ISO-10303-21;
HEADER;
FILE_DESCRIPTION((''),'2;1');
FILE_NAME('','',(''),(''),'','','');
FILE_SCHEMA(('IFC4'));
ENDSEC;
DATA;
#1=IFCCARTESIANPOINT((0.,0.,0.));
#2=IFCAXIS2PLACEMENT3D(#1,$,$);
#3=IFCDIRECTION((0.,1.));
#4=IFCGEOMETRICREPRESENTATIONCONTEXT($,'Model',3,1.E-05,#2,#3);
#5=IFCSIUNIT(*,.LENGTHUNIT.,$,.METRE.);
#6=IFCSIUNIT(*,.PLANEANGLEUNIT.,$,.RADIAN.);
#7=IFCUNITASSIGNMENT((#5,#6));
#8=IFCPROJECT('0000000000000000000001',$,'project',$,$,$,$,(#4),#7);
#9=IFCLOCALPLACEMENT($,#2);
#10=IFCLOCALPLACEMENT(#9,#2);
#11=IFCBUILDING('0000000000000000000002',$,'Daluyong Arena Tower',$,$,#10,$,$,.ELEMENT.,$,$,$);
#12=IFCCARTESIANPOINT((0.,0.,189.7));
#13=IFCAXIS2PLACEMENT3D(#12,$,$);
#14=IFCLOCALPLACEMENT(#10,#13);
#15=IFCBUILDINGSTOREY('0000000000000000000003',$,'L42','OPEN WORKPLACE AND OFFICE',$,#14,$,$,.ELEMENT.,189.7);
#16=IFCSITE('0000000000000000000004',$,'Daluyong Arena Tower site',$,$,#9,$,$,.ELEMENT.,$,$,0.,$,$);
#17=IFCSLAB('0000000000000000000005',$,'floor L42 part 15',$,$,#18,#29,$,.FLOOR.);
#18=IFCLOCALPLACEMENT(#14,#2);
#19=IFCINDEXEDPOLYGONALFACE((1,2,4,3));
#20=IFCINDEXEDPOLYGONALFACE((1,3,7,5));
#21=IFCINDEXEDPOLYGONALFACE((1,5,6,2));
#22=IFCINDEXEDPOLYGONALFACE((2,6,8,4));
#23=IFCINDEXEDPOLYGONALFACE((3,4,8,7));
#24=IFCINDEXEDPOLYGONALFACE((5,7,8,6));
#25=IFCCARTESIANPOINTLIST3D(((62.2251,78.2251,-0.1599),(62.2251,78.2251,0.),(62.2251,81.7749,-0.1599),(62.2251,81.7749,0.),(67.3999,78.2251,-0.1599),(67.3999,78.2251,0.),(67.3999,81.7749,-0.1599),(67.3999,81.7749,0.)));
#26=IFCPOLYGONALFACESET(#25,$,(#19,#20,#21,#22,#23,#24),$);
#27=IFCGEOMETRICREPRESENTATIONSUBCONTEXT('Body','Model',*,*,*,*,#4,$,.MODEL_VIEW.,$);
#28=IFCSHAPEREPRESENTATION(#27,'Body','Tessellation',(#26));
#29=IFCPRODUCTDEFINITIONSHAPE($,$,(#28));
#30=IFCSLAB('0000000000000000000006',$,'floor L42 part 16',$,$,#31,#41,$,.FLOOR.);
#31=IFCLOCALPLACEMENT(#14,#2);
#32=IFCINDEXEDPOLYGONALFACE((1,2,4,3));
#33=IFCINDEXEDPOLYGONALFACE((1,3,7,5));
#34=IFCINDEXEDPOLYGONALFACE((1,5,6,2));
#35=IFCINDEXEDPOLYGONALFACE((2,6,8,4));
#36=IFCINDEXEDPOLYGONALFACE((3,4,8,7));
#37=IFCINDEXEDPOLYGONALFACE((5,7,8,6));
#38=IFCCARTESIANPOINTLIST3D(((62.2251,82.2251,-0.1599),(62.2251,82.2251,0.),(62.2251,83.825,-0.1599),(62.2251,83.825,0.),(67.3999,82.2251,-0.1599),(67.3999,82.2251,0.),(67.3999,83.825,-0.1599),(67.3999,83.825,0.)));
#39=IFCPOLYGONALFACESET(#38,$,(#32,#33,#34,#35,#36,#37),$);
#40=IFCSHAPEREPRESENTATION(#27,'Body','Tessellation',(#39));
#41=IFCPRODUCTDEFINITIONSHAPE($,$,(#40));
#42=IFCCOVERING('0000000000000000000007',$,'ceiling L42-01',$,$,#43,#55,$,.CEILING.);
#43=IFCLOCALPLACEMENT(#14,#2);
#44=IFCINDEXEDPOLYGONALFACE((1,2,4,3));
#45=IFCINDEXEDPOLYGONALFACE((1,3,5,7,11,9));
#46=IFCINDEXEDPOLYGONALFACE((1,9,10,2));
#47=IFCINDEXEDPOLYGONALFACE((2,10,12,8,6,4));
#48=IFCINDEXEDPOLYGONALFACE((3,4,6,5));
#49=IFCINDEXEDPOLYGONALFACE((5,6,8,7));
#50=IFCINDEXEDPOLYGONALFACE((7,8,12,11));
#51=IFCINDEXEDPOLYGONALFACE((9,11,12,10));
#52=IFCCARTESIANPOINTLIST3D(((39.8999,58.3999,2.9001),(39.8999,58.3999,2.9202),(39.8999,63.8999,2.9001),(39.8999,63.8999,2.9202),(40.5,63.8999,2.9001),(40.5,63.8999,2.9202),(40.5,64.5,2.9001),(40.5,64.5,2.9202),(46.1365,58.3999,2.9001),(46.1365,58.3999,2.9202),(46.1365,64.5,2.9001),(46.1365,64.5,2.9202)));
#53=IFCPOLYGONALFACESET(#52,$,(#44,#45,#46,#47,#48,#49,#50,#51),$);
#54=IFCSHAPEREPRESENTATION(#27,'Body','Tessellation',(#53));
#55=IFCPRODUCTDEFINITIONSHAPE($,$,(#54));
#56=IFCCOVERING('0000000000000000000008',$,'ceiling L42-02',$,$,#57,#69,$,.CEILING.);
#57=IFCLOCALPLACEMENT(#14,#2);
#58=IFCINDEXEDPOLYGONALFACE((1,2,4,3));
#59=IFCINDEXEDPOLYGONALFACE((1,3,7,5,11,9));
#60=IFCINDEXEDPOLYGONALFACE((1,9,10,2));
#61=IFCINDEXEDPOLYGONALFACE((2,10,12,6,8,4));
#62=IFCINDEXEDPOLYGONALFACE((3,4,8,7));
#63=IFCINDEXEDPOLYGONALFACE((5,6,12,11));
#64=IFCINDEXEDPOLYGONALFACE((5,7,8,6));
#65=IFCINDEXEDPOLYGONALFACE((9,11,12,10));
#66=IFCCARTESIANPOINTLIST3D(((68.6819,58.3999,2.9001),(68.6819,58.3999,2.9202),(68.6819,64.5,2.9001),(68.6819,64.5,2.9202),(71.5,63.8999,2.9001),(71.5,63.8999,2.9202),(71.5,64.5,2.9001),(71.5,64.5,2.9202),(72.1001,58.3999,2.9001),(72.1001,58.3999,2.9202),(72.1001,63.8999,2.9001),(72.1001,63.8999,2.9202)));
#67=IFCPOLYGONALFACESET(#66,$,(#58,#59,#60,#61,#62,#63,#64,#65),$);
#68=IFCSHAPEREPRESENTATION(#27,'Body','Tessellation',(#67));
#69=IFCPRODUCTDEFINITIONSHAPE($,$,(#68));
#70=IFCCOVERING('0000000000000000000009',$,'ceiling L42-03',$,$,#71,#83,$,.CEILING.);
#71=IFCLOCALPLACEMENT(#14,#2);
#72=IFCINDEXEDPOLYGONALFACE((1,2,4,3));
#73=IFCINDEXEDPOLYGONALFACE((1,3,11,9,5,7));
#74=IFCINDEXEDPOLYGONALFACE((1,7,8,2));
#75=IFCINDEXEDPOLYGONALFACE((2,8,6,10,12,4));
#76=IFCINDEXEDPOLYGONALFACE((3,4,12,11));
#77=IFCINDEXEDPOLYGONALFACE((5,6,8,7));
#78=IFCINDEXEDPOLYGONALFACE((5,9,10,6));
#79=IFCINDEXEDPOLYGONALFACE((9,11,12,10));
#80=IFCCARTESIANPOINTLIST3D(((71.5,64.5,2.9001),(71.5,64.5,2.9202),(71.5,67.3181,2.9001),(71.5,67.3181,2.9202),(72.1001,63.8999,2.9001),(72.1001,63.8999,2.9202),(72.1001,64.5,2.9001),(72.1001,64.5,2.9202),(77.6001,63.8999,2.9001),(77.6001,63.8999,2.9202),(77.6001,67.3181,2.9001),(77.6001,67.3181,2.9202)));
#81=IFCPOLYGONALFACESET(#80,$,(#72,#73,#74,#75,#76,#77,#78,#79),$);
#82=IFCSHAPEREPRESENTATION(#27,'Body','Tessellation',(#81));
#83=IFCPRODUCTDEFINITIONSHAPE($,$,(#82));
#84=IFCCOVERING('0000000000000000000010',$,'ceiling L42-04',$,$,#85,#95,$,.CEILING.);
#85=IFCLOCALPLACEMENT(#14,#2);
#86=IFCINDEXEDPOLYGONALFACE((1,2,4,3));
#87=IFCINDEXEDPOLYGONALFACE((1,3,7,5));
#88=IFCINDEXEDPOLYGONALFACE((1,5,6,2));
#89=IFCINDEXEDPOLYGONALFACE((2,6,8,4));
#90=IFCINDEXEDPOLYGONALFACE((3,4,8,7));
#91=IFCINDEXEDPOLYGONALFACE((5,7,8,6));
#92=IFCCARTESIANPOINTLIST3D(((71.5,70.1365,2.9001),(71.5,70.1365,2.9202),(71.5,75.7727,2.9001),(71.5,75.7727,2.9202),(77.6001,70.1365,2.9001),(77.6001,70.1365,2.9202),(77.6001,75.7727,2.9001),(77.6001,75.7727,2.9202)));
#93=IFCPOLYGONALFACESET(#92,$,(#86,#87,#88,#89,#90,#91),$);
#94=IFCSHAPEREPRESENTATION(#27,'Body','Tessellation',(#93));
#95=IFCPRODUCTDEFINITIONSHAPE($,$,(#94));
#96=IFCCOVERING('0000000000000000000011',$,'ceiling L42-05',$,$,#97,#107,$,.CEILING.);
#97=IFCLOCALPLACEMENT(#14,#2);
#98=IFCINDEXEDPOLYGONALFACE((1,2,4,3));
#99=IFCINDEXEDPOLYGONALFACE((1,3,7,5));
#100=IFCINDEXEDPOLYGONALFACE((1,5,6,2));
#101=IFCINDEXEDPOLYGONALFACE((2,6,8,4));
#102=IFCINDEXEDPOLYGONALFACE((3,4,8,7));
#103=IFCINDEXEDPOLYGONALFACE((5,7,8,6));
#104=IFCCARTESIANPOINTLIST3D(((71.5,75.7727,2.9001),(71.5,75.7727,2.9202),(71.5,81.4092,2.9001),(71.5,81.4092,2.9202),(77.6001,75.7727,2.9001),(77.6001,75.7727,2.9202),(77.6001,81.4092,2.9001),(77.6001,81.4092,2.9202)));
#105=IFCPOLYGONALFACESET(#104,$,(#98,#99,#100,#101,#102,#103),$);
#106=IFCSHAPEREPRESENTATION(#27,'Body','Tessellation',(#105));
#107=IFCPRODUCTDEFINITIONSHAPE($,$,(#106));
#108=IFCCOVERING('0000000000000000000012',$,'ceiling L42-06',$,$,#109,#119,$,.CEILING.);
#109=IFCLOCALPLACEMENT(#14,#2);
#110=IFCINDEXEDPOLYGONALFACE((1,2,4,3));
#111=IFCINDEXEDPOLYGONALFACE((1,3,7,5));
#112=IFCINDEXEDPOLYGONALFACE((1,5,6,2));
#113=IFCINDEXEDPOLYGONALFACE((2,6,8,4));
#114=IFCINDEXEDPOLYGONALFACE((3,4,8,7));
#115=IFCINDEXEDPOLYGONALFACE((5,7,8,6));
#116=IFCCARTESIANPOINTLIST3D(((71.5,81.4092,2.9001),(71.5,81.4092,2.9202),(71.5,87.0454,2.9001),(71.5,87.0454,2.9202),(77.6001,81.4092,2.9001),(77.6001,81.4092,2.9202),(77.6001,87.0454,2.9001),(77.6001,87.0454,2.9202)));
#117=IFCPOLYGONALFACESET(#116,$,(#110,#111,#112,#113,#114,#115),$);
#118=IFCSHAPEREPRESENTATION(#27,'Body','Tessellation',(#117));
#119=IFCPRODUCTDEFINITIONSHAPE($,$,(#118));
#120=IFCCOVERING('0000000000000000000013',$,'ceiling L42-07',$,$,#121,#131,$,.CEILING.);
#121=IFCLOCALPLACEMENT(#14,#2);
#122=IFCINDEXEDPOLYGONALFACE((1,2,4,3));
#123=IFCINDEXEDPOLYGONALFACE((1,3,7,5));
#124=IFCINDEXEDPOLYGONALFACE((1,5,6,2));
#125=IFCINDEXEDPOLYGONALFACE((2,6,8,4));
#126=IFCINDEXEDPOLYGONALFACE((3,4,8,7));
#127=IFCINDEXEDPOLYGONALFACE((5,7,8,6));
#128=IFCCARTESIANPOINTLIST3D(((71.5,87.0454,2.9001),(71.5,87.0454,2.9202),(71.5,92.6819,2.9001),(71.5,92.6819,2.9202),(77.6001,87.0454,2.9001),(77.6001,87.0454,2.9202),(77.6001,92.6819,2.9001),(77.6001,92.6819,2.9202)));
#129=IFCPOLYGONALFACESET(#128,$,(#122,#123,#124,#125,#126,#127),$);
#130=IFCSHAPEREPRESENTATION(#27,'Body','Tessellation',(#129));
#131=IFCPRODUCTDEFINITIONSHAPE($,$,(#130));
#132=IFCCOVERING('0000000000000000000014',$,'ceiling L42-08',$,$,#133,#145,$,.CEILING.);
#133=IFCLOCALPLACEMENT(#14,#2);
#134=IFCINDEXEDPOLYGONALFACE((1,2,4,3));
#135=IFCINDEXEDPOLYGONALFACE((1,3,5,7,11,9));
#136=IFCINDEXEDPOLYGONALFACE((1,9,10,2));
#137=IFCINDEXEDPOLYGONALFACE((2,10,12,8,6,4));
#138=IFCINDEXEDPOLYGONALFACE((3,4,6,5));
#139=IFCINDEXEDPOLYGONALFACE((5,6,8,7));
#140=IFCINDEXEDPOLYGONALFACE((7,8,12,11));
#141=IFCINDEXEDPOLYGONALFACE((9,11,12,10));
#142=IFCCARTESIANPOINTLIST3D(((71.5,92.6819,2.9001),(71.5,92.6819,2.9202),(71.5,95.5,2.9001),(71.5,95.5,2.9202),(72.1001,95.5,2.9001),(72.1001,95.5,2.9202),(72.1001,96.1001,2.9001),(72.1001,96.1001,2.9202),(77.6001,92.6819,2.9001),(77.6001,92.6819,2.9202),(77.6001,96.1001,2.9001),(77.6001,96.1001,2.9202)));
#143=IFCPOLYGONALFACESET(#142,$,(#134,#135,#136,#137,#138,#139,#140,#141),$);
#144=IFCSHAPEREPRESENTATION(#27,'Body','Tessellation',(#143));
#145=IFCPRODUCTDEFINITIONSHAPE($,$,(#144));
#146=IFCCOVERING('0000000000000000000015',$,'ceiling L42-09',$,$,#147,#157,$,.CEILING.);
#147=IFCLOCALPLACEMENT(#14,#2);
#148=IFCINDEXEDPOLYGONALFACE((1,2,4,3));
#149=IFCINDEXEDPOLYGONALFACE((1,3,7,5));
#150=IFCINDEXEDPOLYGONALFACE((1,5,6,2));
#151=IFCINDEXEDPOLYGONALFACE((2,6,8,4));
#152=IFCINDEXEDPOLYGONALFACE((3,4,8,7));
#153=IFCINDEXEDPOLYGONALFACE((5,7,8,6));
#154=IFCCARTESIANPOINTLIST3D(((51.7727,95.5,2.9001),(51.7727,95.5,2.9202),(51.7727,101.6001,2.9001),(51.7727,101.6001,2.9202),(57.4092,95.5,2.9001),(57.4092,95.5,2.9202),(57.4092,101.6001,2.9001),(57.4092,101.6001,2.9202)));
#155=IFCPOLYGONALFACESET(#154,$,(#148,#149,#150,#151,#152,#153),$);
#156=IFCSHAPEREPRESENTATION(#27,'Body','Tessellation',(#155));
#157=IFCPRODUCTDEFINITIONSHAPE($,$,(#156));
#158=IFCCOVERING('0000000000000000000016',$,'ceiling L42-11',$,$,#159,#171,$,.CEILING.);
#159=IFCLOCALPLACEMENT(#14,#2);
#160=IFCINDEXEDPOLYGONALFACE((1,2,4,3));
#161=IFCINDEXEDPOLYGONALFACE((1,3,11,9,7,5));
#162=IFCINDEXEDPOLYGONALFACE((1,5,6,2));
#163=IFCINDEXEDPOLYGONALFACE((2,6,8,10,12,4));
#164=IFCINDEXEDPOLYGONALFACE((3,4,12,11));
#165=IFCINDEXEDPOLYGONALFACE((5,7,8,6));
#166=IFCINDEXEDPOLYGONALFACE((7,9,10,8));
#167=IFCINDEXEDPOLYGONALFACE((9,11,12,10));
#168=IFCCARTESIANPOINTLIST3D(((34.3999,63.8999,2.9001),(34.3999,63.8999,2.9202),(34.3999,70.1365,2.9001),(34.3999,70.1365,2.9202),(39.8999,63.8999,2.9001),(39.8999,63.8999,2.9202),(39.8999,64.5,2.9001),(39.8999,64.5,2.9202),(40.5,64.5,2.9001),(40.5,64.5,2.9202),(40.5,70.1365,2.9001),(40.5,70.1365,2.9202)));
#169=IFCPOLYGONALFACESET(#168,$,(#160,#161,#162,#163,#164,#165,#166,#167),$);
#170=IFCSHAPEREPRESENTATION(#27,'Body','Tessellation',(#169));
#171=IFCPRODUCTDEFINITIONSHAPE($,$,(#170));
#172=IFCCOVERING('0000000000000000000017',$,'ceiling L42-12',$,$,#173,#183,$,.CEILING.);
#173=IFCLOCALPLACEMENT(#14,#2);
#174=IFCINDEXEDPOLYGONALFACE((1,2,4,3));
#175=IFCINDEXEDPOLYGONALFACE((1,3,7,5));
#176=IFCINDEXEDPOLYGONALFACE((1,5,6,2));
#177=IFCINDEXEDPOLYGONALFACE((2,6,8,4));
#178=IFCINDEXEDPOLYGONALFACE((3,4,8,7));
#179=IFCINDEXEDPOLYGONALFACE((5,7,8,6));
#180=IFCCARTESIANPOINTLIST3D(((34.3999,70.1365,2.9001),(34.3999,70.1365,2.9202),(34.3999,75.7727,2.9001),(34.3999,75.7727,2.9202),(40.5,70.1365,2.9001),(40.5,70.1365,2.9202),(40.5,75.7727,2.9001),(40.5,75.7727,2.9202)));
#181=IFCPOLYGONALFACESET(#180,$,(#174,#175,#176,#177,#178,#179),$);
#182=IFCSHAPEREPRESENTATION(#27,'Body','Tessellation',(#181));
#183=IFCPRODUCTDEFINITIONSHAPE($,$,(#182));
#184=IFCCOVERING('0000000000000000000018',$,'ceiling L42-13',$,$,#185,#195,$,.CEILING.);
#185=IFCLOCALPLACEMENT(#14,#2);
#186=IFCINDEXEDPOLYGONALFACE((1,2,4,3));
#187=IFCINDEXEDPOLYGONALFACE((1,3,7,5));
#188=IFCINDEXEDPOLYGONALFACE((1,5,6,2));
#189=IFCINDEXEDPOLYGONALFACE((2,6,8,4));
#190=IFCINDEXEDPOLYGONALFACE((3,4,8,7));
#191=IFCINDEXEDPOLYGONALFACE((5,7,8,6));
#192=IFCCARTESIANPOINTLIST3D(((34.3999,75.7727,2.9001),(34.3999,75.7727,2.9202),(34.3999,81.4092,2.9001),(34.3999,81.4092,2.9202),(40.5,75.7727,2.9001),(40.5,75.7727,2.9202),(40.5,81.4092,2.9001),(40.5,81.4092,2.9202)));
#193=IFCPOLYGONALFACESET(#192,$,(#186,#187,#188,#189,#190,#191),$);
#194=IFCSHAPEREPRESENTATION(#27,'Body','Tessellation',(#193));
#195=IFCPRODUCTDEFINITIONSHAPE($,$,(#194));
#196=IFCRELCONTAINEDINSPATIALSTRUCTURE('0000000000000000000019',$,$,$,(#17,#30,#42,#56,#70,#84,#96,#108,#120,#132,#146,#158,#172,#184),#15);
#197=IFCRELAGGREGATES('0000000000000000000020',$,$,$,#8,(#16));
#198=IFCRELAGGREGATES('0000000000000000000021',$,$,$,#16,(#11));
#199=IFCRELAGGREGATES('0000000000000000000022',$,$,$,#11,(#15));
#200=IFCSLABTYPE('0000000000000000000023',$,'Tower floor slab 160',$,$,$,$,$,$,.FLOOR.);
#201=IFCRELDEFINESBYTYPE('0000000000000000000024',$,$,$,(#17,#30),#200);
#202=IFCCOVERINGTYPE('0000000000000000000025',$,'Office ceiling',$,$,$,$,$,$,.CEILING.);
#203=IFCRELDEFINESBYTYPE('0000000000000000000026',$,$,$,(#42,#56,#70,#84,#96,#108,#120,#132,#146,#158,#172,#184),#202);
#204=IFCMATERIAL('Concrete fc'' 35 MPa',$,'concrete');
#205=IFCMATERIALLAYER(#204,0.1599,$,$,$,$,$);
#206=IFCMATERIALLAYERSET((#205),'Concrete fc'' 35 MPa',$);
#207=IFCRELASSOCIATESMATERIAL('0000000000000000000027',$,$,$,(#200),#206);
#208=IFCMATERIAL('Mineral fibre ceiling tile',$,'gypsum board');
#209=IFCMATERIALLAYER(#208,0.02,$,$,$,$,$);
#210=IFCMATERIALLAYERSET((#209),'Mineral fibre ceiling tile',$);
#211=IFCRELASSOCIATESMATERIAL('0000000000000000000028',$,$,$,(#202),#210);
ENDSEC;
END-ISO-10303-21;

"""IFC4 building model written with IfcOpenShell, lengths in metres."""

from ifc_helpers import new_model, si_unit, direction, frame, origin, place, context, subcontext, project, spatial, polyline, outline, extrude, material, layer, layer_set, type_object, element, save


model = new_model("IFC4")

# Units and contexts
model_context = context("Model", 3, precision=1e-05, world=origin(), true_north=direction((0.0, 1.0)))
body_context = subcontext(model_context, "Body", "Model", "MODEL_VIEW")
ifc_project = project(units=[si_unit("LENGTHUNIT", "METRE"), si_unit("PLANEANGLEUNIT", "RADIAN")], contexts=[model_context])

# Site, building, storey
site_placement = place(None, origin())
site = spatial("IfcSite", under=ifc_project, at=site_placement, Name="Daluyong Arena Tower site", CompositionType="ELEMENT", RefElevation=0.0)
building_placement = place(site_placement, origin())
building = spatial("IfcBuilding", under=site, at=building_placement, Name="Daluyong Arena Tower", CompositionType="ELEMENT")
storey_placement = place(building_placement, frame((0.0, 0.0, 189.7)))
storey = spatial("IfcBuildingStorey", under=building, at=storey_placement, Name="L42", Description="OPEN WORKPLACE AND OFFICE", CompositionType="ELEMENT", Elevation=189.7)

# Slabs
ifc_material_1 = material(Name="Concrete fc' 35 MPa", Category="concrete")
ifc_layer_1 = layer(ifc_material_1, 0.1599)
ifc_layer_set_1 = layer_set([ifc_layer_1], Name="Concrete fc' 35 MPa")
slab_type = type_object("IfcSlabType", Name="Tower floor slab 160", PredefinedType="FLOOR", material=ifc_layer_set_1)
slab_1_placement = place(storey_placement, frame((0.0, 0.0, -0.1599)))
element("IfcSlab", 1, at=slab_1_placement, inside=storey, type_object=slab_type, Name="floor L42 part 15", PredefinedType="FLOOR", context=body_context, shape_type="SweptSolid", body=[
    extrude(outline(polyline([(67.3999, 78.2251), (67.3999, 81.7749), (62.2251, 81.7749), (62.2251, 78.2251), (67.3999, 78.2251)])), origin(), (0.0, 0.0, 1.0), 0.1599),
])
slab_2_placement = place(storey_placement, frame((0.0, 0.0, -0.1599)))
element("IfcSlab", 2, at=slab_2_placement, inside=storey, type_object=slab_type, Name="floor L42 part 16", PredefinedType="FLOOR", context=body_context, shape_type="SweptSolid", body=[
    extrude(outline(polyline([(67.3999, 83.825), (62.2251, 83.825), (62.2251, 82.2251), (67.3999, 82.2251), (67.3999, 83.825)])), origin(), (0.0, 0.0, 1.0), 0.1599),
])

# Coverings
ifc_material_2 = material(Name="Mineral fibre ceiling tile", Category="gypsum board")
ifc_layer_2 = layer(ifc_material_2, 0.02)
ifc_layer_set_2 = layer_set([ifc_layer_2], Name="Mineral fibre ceiling tile")
covering_type = type_object("IfcCoveringType", Name="Office ceiling", PredefinedType="CEILING", material=ifc_layer_set_2)
covering_1_placement = place(storey_placement, frame((0.0, 0.0, 2.9001)))
element("IfcCovering", 3, at=covering_1_placement, inside=storey, type_object=covering_type, Name="ceiling L42-01", PredefinedType="CEILING", context=body_context, shape_type="SweptSolid", body=[
    extrude(outline(polyline([(39.8999, 63.8999), (39.8999, 58.3999), (46.1365, 58.3999), (46.1365, 64.5), (40.5, 64.5), (40.5, 63.8999), (39.8999, 63.8999)])), origin(), (0.0, 0.0, 1.0), 0.02),
])
covering_2_placement = place(storey_placement, frame((0.0, 0.0, 2.9001)))
element("IfcCovering", 4, at=covering_2_placement, inside=storey, type_object=covering_type, Name="ceiling L42-02", PredefinedType="CEILING", context=body_context, shape_type="SweptSolid", body=[
    extrude(outline(polyline([(72.1001, 58.3999), (72.1001, 63.8999), (71.5, 63.8999), (71.5, 64.5), (68.6819, 64.5), (68.6819, 58.3999), (72.1001, 58.3999)])), origin(), (0.0, 0.0, 1.0), 0.02),
])
covering_3_placement = place(storey_placement, frame((0.0, 0.0, 2.9001)))
element("IfcCovering", 5, at=covering_3_placement, inside=storey, type_object=covering_type, Name="ceiling L42-03", PredefinedType="CEILING", context=body_context, shape_type="SweptSolid", body=[
    extrude(outline(polyline([(72.1001, 63.8999), (77.6001, 63.8999), (77.6001, 67.3181), (71.5, 67.3181), (71.5, 64.5), (72.1001, 64.5), (72.1001, 63.8999)])), origin(), (0.0, 0.0, 1.0), 0.02),
])
covering_4_placement = place(storey_placement, frame((0.0, 0.0, 2.9001)))
element("IfcCovering", 6, at=covering_4_placement, inside=storey, type_object=covering_type, Name="ceiling L42-04", PredefinedType="CEILING", context=body_context, shape_type="SweptSolid", body=[
    extrude(outline(polyline([(71.5, 70.1365), (77.6001, 70.1365), (77.6001, 75.7727), (71.5, 75.7727), (71.5, 70.1365)])), origin(), (0.0, 0.0, 1.0), 0.02),
])
covering_5_placement = place(storey_placement, frame((0.0, 0.0, 2.9001)))
element("IfcCovering", 7, at=covering_5_placement, inside=storey, type_object=covering_type, Name="ceiling L42-05", PredefinedType="CEILING", context=body_context, shape_type="SweptSolid", body=[
    extrude(outline(polyline([(71.5, 75.7727), (77.6001, 75.7727), (77.6001, 81.4092), (71.5, 81.4092), (71.5, 75.7727)])), origin(), (0.0, 0.0, 1.0), 0.02),
])
covering_6_placement = place(storey_placement, frame((0.0, 0.0, 2.9001)))
element("IfcCovering", 8, at=covering_6_placement, inside=storey, type_object=covering_type, Name="ceiling L42-06", PredefinedType="CEILING", context=body_context, shape_type="SweptSolid", body=[
    extrude(outline(polyline([(71.5, 81.4092), (77.6001, 81.4092), (77.6001, 87.0454), (71.5, 87.0454), (71.5, 81.4092)])), origin(), (0.0, 0.0, 1.0), 0.02),
])
covering_7_placement = place(storey_placement, frame((0.0, 0.0, 2.9001)))
element("IfcCovering", 9, at=covering_7_placement, inside=storey, type_object=covering_type, Name="ceiling L42-07", PredefinedType="CEILING", context=body_context, shape_type="SweptSolid", body=[
    extrude(outline(polyline([(71.5, 87.0454), (77.6001, 87.0454), (77.6001, 92.6819), (71.5, 92.6819), (71.5, 87.0454)])), origin(), (0.0, 0.0, 1.0), 0.02),
])
covering_8_placement = place(storey_placement, frame((0.0, 0.0, 2.9001)))
element("IfcCovering", 10, at=covering_8_placement, inside=storey, type_object=covering_type, Name="ceiling L42-08", PredefinedType="CEILING", context=body_context, shape_type="SweptSolid", body=[
    extrude(outline(polyline([(71.5, 92.6819), (77.6001, 92.6819), (77.6001, 96.1001), (72.1001, 96.1001), (72.1001, 95.5), (71.5, 95.5), (71.5, 92.6819)])), origin(), (0.0, 0.0, 1.0), 0.02),
])
covering_9_placement = place(storey_placement, frame((0.0, 0.0, 2.9001)))
element("IfcCovering", 11, at=covering_9_placement, inside=storey, type_object=covering_type, Name="ceiling L42-09", PredefinedType="CEILING", context=body_context, shape_type="SweptSolid", body=[
    extrude(outline(polyline([(57.4092, 95.5), (57.4092, 101.6001), (51.7727, 101.6001), (51.7727, 95.5), (57.4092, 95.5)])), origin(), (0.0, 0.0, 1.0), 0.02),
])
covering_10_placement = place(storey_placement, frame((0.0, 0.0, 2.9001)))
element("IfcCovering", 12, at=covering_10_placement, inside=storey, type_object=covering_type, Name="ceiling L42-11", PredefinedType="CEILING", context=body_context, shape_type="SweptSolid", body=[
    extrude(outline(polyline([(34.3999, 63.8999), (39.8999, 63.8999), (39.8999, 64.5), (40.5, 64.5), (40.5, 70.1365), (34.3999, 70.1365), (34.3999, 63.8999)])), origin(), (0.0, 0.0, 1.0), 0.02),
])
covering_11_placement = place(storey_placement, frame((0.0, 0.0, 2.9001)))
element("IfcCovering", 13, at=covering_11_placement, inside=storey, type_object=covering_type, Name="ceiling L42-12", PredefinedType="CEILING", context=body_context, shape_type="SweptSolid", body=[
    extrude(outline(polyline([(40.5, 75.7727), (34.3999, 75.7727), (34.3999, 70.1365), (40.5, 70.1365), (40.5, 75.7727)])), origin(), (0.0, 0.0, 1.0), 0.02),
])
covering_12_placement = place(storey_placement, frame((0.0, 0.0, 2.9001)))
element("IfcCovering", 14, at=covering_12_placement, inside=storey, type_object=covering_type, Name="ceiling L42-13", PredefinedType="CEILING", context=body_context, shape_type="SweptSolid", body=[
    extrude(outline(polyline([(40.5, 81.4092), (34.3999, 81.4092), (34.3999, 75.7727), (40.5, 75.7727), (40.5, 81.4092)])), origin(), (0.0, 0.0, 1.0), 0.02),
])

save(model, "model.ifc")
